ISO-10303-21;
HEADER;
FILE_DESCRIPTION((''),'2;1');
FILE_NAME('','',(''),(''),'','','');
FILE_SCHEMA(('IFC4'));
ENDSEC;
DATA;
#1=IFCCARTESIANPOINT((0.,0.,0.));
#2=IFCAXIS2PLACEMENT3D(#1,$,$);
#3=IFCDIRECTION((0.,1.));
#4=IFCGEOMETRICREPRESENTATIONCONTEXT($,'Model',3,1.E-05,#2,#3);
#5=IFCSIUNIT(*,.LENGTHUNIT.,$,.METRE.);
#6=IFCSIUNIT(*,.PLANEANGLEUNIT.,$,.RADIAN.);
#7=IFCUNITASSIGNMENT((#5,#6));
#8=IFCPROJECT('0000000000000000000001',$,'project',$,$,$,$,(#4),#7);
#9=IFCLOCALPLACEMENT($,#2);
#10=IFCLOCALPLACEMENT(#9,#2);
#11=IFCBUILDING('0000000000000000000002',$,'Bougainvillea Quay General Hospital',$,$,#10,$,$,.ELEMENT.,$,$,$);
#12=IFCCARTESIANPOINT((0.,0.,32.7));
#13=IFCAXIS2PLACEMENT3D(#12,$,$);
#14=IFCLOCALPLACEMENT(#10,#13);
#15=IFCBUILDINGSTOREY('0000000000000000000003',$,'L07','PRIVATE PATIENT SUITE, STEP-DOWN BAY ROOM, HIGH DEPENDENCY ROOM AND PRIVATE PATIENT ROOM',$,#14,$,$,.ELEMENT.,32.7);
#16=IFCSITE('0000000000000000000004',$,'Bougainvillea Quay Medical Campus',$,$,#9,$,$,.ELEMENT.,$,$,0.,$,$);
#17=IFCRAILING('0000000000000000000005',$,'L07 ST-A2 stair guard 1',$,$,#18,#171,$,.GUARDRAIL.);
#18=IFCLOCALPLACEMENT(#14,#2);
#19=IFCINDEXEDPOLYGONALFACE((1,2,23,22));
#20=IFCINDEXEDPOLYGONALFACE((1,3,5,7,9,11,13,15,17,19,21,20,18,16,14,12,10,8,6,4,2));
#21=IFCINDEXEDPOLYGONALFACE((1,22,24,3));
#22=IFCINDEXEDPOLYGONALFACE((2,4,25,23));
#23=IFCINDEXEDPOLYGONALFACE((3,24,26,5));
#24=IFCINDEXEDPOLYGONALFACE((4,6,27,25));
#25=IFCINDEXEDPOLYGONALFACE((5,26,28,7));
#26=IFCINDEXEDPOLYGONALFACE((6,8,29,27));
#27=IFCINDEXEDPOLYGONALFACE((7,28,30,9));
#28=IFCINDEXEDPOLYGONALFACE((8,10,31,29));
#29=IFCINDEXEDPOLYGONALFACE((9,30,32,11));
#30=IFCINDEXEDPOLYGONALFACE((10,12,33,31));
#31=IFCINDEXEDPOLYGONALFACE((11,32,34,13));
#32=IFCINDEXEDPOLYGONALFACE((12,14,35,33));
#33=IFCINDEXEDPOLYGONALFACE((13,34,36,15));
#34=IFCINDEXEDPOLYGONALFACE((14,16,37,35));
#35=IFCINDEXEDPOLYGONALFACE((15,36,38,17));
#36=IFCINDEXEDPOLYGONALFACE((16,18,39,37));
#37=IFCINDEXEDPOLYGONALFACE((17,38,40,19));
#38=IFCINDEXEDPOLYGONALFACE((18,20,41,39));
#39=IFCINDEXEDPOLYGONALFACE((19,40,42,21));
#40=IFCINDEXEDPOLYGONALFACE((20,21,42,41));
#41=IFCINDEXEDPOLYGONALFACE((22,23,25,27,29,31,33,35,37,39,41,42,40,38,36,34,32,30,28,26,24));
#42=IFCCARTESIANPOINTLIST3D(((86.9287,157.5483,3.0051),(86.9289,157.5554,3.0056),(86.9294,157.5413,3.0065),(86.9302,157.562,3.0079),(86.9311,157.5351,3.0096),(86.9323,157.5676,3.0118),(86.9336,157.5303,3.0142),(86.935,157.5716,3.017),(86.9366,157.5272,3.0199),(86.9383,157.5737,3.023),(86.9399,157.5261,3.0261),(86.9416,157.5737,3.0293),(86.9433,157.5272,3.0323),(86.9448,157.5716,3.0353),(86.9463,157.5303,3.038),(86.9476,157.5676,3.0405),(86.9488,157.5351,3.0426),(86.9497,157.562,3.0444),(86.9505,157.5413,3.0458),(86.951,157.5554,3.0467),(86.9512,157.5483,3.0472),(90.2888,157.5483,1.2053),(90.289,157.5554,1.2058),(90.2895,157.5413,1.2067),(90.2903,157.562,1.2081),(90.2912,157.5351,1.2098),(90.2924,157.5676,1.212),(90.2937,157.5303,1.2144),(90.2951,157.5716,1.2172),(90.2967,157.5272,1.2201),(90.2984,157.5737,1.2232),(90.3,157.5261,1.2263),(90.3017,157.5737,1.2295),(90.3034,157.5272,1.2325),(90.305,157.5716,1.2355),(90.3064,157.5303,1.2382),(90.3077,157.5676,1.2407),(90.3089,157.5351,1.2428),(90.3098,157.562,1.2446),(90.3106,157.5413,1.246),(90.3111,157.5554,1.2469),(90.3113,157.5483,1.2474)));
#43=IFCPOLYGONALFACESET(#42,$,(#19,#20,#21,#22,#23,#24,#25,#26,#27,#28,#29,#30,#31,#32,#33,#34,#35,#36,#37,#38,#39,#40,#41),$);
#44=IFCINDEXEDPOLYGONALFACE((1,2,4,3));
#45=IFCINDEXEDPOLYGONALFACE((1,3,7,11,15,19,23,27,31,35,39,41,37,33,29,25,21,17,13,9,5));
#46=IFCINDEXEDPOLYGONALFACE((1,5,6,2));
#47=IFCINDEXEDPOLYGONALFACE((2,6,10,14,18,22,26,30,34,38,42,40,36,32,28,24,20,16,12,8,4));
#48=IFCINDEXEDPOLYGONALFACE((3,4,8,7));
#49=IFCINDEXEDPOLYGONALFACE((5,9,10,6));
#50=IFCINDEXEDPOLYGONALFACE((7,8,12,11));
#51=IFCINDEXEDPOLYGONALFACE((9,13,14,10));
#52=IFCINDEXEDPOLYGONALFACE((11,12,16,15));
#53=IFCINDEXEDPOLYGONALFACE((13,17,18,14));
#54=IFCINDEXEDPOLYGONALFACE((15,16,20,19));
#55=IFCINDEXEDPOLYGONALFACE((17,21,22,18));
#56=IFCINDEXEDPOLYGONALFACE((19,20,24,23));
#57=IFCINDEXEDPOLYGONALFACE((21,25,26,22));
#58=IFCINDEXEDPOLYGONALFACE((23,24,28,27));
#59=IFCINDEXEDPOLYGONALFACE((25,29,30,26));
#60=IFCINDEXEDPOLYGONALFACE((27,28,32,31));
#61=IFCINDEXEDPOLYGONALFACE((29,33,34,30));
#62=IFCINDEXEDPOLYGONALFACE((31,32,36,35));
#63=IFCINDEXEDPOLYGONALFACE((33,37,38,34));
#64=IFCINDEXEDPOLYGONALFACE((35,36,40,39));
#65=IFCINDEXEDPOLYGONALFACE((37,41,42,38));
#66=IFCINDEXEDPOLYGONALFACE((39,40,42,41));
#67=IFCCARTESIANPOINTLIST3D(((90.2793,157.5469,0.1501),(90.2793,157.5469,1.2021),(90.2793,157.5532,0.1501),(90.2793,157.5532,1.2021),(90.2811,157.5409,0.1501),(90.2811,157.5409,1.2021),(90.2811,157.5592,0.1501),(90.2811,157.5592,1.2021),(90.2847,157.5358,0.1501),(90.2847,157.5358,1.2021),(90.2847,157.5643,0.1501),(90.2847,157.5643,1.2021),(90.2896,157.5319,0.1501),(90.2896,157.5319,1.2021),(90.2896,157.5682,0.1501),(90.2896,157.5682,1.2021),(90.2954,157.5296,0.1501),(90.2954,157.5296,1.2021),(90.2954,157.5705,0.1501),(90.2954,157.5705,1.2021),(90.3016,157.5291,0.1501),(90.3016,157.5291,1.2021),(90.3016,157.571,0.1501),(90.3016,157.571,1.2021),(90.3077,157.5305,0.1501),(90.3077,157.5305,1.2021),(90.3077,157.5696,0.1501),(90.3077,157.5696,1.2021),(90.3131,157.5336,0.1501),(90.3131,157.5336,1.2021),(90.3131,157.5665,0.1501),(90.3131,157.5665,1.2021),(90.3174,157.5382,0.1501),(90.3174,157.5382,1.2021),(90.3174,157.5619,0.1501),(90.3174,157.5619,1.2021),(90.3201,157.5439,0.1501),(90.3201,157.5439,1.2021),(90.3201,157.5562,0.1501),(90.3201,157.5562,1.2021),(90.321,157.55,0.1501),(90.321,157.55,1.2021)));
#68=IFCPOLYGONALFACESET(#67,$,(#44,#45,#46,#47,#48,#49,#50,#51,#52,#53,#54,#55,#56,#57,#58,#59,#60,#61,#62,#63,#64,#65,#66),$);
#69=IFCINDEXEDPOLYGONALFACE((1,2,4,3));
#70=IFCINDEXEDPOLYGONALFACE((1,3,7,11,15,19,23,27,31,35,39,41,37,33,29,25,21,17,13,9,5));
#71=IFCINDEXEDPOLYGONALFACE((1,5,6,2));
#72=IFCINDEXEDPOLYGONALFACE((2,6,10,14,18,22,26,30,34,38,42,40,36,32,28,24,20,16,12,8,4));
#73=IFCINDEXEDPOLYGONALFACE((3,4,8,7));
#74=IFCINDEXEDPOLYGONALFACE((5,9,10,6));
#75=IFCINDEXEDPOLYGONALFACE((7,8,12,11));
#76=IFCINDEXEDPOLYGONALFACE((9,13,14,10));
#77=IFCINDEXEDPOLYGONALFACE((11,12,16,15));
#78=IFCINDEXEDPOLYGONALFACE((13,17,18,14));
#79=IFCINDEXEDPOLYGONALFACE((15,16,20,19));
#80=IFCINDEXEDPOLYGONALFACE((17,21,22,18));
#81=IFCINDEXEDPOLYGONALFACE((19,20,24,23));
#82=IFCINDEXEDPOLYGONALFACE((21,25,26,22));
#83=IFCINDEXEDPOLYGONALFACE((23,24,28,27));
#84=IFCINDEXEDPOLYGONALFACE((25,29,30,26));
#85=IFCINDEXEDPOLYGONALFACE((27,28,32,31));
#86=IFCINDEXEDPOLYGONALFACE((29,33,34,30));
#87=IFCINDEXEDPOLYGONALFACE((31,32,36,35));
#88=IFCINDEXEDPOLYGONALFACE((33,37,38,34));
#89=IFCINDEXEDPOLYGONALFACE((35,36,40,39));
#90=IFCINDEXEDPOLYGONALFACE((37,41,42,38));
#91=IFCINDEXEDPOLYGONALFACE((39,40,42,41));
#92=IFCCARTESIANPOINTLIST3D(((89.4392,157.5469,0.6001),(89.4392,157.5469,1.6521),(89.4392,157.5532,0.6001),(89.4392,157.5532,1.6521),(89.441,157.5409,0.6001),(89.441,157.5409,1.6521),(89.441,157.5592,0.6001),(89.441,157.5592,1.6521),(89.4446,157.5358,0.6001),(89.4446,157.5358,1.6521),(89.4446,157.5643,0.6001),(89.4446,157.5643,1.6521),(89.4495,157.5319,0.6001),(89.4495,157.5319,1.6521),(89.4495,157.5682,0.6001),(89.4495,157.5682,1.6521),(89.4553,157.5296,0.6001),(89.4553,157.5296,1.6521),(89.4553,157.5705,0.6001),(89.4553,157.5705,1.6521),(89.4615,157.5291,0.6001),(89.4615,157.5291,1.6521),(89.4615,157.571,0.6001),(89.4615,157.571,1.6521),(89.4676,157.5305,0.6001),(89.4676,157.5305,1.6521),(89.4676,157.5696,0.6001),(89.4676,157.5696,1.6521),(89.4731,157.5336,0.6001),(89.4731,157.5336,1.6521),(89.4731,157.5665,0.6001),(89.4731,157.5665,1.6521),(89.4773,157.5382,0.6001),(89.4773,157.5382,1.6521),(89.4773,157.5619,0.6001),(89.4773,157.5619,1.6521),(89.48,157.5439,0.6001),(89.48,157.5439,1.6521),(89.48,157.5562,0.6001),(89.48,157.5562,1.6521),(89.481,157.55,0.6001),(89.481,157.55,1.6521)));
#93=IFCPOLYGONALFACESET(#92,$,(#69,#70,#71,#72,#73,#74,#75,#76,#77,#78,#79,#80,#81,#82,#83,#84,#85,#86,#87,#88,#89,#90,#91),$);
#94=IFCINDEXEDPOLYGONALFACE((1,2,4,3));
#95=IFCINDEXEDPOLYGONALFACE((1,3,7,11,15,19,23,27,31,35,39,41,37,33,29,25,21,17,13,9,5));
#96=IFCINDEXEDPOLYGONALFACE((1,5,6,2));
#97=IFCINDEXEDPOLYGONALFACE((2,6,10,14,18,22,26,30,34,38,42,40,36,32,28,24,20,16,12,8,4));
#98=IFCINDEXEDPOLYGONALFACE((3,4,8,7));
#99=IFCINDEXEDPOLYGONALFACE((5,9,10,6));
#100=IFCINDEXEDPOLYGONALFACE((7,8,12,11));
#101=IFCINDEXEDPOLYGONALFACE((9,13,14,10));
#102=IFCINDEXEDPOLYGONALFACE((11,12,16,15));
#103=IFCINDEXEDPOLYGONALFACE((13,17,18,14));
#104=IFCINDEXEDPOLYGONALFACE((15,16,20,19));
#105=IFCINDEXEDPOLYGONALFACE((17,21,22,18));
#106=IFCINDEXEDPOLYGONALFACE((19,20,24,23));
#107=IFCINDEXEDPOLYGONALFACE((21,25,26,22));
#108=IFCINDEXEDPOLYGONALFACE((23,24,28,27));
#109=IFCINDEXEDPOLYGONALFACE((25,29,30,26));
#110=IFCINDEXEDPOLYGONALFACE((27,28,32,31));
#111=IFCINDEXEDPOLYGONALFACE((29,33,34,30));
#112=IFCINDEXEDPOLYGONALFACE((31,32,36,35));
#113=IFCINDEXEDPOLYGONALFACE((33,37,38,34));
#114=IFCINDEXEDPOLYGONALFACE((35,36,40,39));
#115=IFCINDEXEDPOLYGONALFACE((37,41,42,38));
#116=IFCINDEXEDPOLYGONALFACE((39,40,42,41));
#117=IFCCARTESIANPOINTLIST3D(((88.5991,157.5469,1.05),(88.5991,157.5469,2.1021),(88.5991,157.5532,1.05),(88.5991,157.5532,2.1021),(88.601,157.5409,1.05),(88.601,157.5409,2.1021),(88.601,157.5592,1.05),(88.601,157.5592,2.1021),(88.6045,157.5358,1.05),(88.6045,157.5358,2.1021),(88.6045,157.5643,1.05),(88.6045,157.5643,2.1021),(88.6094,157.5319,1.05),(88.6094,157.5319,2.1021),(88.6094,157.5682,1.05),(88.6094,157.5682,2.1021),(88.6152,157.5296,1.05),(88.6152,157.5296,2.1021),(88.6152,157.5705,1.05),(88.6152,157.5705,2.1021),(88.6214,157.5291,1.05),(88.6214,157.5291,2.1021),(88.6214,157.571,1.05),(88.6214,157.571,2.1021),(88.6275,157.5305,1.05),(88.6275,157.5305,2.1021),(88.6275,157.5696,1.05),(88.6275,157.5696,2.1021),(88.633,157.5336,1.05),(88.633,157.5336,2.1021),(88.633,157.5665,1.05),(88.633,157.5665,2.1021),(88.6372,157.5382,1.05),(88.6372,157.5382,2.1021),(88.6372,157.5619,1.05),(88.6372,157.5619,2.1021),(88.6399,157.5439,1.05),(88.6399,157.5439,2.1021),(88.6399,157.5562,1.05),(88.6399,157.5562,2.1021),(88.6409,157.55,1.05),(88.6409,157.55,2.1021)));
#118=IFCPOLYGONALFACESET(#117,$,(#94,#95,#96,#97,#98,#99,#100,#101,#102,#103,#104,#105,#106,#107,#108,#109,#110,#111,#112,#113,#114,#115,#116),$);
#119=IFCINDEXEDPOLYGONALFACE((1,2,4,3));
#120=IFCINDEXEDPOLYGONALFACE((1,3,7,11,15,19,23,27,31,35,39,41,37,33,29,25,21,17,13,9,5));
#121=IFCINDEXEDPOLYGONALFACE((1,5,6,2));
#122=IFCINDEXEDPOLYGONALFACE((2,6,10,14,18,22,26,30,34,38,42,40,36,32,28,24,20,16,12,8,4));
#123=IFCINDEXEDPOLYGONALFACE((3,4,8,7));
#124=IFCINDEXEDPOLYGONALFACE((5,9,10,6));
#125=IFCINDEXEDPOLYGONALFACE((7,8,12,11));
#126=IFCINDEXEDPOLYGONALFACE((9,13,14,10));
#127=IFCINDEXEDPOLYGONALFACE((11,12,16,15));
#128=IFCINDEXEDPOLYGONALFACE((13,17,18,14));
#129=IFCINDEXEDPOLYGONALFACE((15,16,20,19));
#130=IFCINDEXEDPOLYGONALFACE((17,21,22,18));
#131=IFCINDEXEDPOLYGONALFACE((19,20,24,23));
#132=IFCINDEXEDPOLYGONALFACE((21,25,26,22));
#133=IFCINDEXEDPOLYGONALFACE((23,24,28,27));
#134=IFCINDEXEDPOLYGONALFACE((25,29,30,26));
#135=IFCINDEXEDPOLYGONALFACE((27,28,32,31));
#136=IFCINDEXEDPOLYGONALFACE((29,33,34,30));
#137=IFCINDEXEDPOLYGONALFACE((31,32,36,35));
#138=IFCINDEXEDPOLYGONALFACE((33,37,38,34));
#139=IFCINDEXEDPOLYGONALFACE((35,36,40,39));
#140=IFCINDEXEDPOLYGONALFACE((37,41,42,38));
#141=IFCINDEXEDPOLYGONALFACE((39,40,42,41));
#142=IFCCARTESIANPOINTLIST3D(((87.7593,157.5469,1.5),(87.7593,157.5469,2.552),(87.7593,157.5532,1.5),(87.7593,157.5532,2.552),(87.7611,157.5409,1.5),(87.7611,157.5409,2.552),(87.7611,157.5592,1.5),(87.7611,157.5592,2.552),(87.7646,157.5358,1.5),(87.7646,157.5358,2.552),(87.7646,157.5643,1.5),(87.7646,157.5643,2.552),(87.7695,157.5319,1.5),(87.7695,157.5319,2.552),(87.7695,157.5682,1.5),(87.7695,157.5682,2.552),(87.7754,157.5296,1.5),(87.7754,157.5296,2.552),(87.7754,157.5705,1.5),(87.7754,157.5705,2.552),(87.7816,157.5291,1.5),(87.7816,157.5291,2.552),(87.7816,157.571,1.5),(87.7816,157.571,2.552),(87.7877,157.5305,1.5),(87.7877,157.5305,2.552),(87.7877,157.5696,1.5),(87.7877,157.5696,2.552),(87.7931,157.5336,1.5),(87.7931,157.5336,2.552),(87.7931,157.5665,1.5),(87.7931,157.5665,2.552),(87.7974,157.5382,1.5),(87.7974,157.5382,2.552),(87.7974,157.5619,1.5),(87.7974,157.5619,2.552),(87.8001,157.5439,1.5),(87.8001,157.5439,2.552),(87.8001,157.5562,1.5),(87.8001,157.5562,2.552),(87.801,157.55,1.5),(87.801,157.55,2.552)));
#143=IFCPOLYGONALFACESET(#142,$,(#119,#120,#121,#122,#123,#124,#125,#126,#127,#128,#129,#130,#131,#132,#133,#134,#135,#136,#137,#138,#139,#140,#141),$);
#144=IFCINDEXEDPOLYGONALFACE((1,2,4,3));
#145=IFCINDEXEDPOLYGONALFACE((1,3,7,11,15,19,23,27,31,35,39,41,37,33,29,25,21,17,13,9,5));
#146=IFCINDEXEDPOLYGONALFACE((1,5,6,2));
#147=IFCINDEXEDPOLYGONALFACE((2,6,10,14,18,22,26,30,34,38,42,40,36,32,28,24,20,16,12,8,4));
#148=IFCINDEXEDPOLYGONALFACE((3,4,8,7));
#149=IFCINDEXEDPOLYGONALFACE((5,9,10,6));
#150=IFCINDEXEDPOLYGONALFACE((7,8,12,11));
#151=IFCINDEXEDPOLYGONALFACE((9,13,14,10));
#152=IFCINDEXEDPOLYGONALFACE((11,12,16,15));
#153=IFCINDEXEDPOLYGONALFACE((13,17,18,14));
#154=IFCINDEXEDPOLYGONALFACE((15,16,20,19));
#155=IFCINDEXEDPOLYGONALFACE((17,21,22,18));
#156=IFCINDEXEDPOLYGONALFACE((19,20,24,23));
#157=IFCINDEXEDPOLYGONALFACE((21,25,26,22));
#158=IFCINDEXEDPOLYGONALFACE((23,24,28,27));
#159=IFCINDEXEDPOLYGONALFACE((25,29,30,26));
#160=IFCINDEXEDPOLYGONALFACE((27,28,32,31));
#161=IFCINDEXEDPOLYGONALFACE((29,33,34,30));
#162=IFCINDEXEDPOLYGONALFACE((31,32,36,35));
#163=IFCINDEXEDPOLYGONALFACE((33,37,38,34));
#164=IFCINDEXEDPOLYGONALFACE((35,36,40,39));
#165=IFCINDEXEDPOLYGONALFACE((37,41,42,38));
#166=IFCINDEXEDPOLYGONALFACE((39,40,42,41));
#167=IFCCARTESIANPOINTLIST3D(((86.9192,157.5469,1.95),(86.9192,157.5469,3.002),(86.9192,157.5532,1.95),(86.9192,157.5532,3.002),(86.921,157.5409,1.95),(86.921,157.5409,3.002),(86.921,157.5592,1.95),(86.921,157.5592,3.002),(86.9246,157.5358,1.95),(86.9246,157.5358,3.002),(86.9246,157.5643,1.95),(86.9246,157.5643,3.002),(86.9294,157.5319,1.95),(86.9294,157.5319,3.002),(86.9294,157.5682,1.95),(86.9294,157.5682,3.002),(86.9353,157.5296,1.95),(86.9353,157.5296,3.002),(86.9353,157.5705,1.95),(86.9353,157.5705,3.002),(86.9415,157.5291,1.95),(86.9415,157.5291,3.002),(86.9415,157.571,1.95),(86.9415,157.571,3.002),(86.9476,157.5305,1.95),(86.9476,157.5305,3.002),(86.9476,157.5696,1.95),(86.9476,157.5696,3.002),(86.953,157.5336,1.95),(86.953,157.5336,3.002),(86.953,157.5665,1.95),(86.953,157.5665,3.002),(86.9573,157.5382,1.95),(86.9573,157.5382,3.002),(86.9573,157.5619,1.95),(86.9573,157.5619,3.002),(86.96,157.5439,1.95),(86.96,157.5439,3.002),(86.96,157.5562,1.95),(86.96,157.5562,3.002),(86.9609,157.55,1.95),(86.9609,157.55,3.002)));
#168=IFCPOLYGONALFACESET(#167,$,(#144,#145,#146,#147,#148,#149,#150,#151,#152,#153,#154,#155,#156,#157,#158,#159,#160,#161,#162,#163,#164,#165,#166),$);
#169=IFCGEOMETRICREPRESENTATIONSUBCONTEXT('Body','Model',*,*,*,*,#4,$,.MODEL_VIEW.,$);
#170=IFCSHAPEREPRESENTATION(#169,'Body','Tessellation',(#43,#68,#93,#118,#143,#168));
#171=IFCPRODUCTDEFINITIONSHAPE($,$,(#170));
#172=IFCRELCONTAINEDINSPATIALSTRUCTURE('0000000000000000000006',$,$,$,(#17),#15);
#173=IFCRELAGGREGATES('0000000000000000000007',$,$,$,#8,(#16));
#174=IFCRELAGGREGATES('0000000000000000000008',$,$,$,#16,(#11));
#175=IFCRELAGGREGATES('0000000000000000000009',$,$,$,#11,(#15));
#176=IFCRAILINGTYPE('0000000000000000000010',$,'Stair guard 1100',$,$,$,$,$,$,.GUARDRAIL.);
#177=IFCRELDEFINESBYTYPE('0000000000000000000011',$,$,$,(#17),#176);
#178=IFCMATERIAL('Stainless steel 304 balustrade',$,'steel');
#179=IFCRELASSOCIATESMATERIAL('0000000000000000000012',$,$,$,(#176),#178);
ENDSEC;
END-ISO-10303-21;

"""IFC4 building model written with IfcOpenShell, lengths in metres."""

from ifc_helpers import new_model, si_unit, direction, frame, origin, origin_2d, place, context, subcontext, project, spatial, circle, extrude, material, type_object, element, save


model = new_model("IFC4")

# Units and contexts
model_context = context("Model", 3, precision=1e-05, world=origin(), true_north=direction((0.0, 1.0)))
body_context = subcontext(model_context, "Body", "Model", "MODEL_VIEW")
ifc_project = project(units=[si_unit("LENGTHUNIT", "METRE"), si_unit("PLANEANGLEUNIT", "RADIAN")], contexts=[model_context])

# Site, building, storey
site_placement = place(None, origin())
site = spatial("IfcSite", under=ifc_project, at=site_placement, Name="Bougainvillea Quay Medical Campus", CompositionType="ELEMENT", RefElevation=0.0)
building_placement = place(site_placement, origin())
building = spatial("IfcBuilding", under=site, at=building_placement, Name="Bougainvillea Quay General Hospital", CompositionType="ELEMENT")
storey_placement = place(building_placement, frame((0.0, 0.0, 32.7)))
storey = spatial("IfcBuildingStorey", under=building, at=storey_placement, Name="L07", Description="PRIVATE PATIENT SUITE, STEP-DOWN BAY ROOM, HIGH DEPENDENCY ROOM AND PRIVATE PATIENT ROOM", CompositionType="ELEMENT", Elevation=32.7)

# Railing
ifc_material_1 = material(Name="Stainless steel 304 balustrade", Category="steel")
railing_type_1 = type_object("IfcRailingType", Name="Stair guard 1100", PredefinedType="GUARDRAIL", material=ifc_material_1)
railing_1_placement = place(storey_placement, frame((90.3, 157.55, 0.1501)))
element("IfcRailing", 1, at=railing_1_placement, inside=storey, type_object=railing_type_1, Name="L07 ST-A2 stair guard 1", PredefinedType="GUARDRAIL", context=body_context, shape_type="SweptSolid", body=[
    extrude(circle(Radius=0.0239, at=origin_2d()), frame((0.0, 0.0, 1.0762), z_axis=(-0.881508, 0.0, 0.47217), x_axis=(0.0, -1.0, 0.0)), (0.0, 0.0, 1.0), 3.8118),
    extrude(circle(Radius=0.021, at=origin_2d()), origin(), (0.0, 0.0, 1.0), 1.052),
    extrude(circle(Radius=0.021, at=origin_2d()), frame((-0.8401, 0.0, 0.45)), (0.0, 0.0, 1.0), 1.052),
    extrude(circle(Radius=0.021, at=origin_2d()), frame((-1.6802, 0.0, 0.8999)), (0.0, 0.0, 1.0), 1.052),
    extrude(circle(Radius=0.021, at=origin_2d()), frame((-2.52, 0.0, 1.3499)), (0.0, 0.0, 1.0), 1.052),
    extrude(circle(Radius=0.021, at=origin_2d()), frame((-3.3601, 0.0, 1.7998)), (0.0, 0.0, 1.0), 1.052),
])

save(model, "model.ifc")
